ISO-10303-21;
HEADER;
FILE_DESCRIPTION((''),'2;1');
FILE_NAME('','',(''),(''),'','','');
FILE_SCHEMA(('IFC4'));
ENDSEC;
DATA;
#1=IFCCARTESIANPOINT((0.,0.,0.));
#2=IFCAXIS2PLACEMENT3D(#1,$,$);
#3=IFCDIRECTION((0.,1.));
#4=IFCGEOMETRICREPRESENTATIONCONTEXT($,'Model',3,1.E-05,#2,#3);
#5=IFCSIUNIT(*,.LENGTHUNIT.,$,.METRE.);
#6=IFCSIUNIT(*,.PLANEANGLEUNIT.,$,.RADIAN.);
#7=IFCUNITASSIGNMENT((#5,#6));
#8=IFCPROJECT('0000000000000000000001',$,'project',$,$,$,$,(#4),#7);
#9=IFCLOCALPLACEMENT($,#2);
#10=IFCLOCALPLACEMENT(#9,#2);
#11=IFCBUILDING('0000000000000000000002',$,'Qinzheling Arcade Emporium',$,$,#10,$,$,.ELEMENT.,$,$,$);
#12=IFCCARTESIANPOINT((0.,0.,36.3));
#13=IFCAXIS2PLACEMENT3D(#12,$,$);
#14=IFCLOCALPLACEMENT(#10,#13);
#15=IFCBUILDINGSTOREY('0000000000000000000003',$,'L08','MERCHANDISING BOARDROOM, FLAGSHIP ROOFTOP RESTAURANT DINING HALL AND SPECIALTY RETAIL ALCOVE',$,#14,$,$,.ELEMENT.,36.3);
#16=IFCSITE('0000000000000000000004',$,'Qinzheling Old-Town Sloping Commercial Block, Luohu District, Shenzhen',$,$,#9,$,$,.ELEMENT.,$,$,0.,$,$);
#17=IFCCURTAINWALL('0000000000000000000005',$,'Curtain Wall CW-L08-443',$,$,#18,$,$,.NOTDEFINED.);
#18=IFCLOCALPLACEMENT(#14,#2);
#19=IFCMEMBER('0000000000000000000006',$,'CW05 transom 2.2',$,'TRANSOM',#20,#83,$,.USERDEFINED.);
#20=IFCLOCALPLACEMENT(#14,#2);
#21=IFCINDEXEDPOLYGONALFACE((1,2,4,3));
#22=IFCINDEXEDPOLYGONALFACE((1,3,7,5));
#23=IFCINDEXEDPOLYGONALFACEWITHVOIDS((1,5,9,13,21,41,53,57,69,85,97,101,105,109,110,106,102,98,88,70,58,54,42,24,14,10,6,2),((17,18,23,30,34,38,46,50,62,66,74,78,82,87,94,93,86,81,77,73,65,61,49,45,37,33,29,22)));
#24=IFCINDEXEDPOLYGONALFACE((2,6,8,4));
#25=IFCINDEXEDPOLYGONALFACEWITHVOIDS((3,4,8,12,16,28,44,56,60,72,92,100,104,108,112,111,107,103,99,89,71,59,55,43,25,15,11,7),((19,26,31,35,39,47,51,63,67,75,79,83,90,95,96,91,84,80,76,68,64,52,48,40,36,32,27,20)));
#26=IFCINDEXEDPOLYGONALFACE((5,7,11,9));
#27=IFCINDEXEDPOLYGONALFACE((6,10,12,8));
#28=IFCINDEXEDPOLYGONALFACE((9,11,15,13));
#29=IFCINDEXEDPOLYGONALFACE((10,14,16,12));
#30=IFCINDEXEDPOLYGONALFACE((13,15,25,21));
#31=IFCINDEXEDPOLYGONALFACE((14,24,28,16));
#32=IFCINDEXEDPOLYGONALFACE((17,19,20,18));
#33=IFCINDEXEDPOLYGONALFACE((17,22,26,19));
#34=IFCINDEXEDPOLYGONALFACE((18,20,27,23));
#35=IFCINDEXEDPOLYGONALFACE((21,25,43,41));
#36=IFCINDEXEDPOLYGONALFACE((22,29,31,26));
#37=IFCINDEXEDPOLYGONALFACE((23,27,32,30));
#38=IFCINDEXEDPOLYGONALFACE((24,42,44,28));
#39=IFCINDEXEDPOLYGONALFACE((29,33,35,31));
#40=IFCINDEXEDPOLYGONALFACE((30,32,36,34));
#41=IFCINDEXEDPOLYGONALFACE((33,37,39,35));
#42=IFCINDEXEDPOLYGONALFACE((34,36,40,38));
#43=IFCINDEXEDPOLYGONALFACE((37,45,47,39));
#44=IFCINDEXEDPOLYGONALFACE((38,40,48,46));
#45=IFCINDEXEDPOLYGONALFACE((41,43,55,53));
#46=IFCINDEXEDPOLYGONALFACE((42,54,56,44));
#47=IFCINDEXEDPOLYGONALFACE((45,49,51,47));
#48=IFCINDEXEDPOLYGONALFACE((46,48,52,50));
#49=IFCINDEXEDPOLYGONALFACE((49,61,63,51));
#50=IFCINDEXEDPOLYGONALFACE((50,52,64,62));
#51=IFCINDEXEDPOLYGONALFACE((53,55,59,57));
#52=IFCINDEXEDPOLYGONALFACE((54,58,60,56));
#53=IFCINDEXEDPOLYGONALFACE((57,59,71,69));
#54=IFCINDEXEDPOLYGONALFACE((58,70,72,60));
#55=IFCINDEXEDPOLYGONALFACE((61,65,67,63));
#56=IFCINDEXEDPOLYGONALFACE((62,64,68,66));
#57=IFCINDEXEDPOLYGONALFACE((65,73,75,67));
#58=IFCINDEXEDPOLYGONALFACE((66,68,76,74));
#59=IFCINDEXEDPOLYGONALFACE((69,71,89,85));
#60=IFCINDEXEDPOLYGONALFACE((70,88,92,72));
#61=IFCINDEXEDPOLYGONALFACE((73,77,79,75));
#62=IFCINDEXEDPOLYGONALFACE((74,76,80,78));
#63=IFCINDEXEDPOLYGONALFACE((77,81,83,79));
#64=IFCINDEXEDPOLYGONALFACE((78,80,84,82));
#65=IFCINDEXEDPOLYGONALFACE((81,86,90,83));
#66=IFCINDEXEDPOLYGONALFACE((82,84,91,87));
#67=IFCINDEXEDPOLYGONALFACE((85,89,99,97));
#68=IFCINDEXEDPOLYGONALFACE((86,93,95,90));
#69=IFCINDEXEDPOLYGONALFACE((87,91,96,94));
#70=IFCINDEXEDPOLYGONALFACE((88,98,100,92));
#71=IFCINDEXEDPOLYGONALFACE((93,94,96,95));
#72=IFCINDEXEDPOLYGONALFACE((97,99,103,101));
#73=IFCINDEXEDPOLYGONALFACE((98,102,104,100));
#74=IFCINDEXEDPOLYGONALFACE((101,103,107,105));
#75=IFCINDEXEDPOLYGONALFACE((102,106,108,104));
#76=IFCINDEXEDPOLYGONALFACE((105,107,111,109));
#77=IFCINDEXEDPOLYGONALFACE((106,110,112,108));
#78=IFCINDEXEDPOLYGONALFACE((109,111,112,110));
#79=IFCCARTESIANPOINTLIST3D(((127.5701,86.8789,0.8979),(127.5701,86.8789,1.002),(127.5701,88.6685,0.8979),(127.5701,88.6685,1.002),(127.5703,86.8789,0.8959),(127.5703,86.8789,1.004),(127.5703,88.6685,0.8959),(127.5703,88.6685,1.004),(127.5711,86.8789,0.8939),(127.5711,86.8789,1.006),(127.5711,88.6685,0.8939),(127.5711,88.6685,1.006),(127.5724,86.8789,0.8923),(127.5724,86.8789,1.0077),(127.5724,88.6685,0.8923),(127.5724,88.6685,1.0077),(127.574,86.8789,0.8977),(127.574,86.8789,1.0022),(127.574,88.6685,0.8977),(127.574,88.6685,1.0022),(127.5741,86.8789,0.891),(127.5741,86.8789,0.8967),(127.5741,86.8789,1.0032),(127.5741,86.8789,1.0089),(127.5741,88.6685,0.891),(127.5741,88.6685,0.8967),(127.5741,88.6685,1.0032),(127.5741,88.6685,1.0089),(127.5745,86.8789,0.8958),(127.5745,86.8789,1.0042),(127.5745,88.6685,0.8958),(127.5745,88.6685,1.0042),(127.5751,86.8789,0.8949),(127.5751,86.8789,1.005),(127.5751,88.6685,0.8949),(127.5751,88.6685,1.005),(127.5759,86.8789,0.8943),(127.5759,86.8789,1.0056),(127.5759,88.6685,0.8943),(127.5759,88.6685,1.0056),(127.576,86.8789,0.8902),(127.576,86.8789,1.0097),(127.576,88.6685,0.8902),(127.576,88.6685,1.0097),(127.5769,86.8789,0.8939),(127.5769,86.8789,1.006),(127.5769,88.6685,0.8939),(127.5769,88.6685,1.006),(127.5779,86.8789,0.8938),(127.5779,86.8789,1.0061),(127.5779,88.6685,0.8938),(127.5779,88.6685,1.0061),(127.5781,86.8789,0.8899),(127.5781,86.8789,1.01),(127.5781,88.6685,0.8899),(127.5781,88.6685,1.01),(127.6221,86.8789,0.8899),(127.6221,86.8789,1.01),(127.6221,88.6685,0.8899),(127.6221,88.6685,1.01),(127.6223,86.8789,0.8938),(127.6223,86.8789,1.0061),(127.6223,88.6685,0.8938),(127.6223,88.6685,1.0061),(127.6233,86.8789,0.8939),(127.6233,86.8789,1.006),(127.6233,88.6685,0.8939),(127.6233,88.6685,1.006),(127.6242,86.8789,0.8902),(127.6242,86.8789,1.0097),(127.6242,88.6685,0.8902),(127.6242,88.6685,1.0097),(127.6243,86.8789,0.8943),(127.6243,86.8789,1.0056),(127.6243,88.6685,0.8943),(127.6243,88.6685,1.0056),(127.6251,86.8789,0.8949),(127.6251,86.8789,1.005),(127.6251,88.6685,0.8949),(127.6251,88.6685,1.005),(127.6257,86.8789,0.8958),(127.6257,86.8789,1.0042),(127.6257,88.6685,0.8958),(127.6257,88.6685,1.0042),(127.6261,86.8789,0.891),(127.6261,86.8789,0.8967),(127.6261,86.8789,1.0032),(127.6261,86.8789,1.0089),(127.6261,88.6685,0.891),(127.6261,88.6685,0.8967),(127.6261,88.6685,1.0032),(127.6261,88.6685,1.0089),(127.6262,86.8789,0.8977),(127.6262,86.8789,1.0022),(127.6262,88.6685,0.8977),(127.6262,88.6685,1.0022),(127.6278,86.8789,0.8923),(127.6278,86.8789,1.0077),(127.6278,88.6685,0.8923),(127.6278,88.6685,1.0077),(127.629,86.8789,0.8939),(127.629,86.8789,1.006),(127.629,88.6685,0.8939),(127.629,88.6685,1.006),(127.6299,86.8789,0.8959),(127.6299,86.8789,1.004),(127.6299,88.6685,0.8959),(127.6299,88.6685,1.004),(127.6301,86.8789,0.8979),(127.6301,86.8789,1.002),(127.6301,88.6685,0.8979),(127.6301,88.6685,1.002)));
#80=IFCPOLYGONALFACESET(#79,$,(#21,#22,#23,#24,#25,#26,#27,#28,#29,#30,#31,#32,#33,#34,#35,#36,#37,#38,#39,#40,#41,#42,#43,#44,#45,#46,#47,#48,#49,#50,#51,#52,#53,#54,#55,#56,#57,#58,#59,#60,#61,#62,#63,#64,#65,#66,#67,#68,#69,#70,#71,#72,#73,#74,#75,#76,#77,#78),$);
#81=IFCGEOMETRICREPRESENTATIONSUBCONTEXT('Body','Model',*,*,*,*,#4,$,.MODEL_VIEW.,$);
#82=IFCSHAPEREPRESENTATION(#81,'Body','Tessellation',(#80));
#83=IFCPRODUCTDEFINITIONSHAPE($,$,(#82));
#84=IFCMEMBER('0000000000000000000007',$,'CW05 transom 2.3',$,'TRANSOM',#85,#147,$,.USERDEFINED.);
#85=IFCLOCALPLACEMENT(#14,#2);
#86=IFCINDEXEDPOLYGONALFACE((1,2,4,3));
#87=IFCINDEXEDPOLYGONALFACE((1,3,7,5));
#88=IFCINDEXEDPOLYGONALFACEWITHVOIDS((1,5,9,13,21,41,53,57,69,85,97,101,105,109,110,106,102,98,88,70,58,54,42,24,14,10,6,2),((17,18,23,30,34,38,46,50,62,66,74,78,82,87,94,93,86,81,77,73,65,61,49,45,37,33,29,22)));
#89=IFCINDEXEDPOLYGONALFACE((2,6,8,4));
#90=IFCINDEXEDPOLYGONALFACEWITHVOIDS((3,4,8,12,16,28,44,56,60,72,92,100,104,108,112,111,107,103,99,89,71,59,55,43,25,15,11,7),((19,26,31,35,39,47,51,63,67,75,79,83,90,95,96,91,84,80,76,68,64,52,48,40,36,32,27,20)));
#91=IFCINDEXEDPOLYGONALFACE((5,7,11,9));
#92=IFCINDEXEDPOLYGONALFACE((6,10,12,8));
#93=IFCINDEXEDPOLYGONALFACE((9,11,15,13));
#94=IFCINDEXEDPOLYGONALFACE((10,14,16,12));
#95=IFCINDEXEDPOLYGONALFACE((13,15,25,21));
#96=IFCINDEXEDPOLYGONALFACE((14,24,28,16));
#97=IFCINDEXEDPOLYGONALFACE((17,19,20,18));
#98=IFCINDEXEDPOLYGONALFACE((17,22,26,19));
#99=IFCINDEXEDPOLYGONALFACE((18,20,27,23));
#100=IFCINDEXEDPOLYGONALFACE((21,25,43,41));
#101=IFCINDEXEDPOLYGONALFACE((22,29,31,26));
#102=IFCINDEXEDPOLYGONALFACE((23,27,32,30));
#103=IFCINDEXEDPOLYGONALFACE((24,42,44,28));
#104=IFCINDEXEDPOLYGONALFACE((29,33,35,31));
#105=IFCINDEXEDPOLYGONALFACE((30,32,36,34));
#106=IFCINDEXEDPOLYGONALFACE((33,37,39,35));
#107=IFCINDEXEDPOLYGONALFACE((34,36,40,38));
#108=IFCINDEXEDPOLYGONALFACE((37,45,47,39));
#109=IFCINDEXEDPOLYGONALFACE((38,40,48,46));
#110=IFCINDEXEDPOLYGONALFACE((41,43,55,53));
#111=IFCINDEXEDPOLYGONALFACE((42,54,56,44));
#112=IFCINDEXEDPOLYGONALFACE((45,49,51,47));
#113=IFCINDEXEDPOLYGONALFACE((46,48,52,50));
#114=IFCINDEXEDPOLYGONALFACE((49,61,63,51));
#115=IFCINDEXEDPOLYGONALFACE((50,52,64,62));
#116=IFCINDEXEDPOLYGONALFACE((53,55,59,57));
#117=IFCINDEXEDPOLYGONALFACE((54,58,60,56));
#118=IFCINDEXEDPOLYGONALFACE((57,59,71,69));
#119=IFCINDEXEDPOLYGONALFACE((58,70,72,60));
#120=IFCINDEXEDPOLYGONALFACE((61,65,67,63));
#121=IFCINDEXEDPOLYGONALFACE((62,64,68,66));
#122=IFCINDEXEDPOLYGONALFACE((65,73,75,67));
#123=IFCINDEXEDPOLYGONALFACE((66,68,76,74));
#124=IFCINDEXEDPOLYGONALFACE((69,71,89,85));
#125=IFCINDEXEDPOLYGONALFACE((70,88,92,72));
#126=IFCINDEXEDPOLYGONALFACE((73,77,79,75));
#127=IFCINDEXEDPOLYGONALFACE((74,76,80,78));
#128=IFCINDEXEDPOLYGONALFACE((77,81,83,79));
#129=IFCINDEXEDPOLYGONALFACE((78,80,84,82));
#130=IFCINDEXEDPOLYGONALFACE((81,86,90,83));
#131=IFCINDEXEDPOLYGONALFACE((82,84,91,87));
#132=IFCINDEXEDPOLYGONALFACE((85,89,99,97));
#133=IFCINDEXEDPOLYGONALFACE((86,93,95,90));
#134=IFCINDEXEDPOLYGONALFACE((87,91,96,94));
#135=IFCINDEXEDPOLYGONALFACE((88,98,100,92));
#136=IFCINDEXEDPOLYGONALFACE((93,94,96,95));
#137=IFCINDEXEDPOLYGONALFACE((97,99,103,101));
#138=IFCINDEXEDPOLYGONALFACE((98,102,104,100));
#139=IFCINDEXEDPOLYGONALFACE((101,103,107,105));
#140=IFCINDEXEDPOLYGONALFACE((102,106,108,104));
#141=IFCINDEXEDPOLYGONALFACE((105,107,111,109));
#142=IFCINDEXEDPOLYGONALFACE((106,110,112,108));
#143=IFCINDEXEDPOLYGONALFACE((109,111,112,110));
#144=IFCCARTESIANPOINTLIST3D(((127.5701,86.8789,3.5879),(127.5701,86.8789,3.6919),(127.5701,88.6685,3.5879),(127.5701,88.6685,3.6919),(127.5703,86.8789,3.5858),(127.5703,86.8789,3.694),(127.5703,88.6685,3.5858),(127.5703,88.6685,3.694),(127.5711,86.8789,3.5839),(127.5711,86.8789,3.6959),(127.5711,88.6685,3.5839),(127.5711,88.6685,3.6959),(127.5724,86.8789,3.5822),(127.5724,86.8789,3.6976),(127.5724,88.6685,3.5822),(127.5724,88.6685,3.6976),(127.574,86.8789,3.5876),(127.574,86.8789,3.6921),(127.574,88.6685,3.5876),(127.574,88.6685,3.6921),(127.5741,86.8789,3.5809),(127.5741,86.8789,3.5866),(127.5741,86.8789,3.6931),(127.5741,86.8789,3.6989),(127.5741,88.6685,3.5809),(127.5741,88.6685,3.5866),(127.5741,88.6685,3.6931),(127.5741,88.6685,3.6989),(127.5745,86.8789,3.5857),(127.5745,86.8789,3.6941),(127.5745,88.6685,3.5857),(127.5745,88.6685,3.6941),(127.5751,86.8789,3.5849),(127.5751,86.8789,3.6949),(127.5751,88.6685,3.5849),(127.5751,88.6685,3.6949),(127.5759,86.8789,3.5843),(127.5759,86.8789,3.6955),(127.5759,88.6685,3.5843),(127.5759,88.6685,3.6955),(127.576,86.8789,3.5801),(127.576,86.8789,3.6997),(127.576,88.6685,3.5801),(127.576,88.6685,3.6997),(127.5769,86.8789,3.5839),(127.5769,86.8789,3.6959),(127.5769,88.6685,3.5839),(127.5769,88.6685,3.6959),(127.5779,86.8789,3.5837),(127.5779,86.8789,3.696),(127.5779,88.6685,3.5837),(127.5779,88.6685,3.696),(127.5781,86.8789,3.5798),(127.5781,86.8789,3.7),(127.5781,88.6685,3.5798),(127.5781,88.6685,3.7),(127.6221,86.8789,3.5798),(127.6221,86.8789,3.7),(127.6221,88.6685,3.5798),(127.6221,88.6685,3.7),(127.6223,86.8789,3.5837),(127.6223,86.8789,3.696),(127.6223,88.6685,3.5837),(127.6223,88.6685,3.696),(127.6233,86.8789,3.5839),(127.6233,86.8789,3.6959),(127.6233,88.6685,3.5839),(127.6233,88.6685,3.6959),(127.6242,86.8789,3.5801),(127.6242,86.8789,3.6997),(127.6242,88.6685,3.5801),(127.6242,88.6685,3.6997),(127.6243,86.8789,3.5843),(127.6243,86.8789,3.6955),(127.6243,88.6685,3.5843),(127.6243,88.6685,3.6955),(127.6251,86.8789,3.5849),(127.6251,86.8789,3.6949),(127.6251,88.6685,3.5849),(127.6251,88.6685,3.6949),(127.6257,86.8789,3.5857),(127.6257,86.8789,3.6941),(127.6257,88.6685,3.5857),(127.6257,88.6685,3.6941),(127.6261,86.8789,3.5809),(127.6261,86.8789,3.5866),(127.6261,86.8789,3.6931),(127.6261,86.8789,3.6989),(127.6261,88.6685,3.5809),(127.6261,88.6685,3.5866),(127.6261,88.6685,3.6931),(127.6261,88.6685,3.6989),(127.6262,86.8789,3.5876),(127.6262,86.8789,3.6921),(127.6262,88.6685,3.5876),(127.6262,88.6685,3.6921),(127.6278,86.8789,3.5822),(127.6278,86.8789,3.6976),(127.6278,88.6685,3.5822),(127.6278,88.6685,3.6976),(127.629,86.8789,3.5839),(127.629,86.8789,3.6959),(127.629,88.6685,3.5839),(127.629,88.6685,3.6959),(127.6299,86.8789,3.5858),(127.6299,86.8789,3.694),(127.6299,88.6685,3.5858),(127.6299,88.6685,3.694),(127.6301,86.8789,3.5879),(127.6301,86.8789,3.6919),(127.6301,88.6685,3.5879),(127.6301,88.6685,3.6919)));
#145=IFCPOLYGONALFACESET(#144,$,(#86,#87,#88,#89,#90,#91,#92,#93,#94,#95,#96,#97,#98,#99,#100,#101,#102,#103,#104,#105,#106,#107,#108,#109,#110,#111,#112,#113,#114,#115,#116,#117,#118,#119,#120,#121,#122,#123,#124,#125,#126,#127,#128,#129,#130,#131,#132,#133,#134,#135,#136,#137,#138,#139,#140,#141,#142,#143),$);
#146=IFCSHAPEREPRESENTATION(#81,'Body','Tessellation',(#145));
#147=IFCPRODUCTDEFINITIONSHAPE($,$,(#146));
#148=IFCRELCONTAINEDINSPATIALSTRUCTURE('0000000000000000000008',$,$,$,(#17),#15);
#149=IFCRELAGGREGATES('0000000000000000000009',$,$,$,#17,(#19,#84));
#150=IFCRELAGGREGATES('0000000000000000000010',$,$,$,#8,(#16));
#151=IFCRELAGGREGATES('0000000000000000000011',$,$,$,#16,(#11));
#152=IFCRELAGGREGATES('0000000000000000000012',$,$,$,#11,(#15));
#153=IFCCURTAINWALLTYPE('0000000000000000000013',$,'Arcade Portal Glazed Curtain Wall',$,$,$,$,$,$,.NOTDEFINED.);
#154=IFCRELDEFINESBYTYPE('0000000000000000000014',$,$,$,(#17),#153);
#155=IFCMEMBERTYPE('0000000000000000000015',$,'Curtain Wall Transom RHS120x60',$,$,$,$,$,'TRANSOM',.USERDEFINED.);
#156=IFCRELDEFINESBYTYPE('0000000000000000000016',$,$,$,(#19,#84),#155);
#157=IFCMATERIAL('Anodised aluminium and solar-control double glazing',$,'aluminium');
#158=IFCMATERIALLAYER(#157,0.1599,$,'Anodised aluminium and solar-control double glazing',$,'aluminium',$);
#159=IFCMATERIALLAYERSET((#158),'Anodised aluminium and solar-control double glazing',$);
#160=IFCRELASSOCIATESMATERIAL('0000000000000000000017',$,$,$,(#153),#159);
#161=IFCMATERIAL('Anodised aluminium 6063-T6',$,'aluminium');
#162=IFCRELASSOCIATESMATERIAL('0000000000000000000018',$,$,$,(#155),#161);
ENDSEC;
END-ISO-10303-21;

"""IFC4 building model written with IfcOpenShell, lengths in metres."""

from ifc_helpers import new_model, si_unit, direction, frame, origin, origin_2d, place, context, subcontext, project, spatial, hollow_rectangle, extrude, material, layer, layer_set, material_profile, profile_set, type_object, element, aggregate, save


model = new_model("IFC4")

# Units and contexts
model_context = context("Model", 3, precision=1e-05, world=origin(), true_north=direction((0.0, 1.0)))
body_context = subcontext(model_context, "Body", "Model", "MODEL_VIEW")
ifc_project = project(units=[si_unit("LENGTHUNIT", "METRE"), si_unit("PLANEANGLEUNIT", "RADIAN")], contexts=[model_context])

# Site, building, storey
site_placement = place(None, origin())
site = spatial("IfcSite", under=ifc_project, at=site_placement, Name="Qinzheling Old-Town Sloping Commercial Block, Luohu District, Shenzhen", CompositionType="ELEMENT", RefElevation=0.0)
building_placement = place(site_placement, origin())
building = spatial("IfcBuilding", under=site, at=building_placement, Name="Qinzheling Arcade Emporium", CompositionType="ELEMENT")
storey_placement = place(building_placement, frame((0.0, 0.0, 36.3)))
storey = spatial("IfcBuildingStorey", under=building, at=storey_placement, Name="L08", Description="MERCHANDISING BOARDROOM, FLAGSHIP ROOFTOP RESTAURANT DINING HALL AND SPECIALTY RETAIL ALCOVE", CompositionType="ELEMENT", Elevation=36.3)

# Curtain wall, members
ifc_material_1 = material(Name="Anodised aluminium and solar-control double glazing", Category="aluminium")
ifc_layer_1 = layer(ifc_material_1, 0.1599, Name="Anodised aluminium and solar-control double glazing", Category="aluminium")
ifc_layer_set_1 = layer_set([ifc_layer_1], Name="Anodised aluminium and solar-control double glazing")
curtain_wall_type = type_object("IfcCurtainWallType", Name="Arcade Portal Glazed Curtain Wall", PredefinedType="NOTDEFINED", material=ifc_layer_set_1)
curtain_wall_placement = place(storey_placement, origin())
curtain_wall = element("IfcCurtainWall", 1, at=curtain_wall_placement, inside=storey, type_object=curtain_wall_type, Name="Curtain Wall CW-L08-443", PredefinedType="NOTDEFINED")
ifc_material_2 = material(Name="Anodised aluminium 6063-T6", Category="aluminium")
ifc_material_profile_1 = material_profile(ifc_material_2, hollow_rectangle(XDim=0.0601, YDim=0.1201, WallThickness=0.0039, InnerFilletRadius=0.0039, OuterFilletRadius=0.0081, at=origin_2d()), Name="RHS 120x60x4", Category="aluminium")
ifc_profile_set_1 = profile_set([ifc_material_profile_1], Name="Anodised aluminium 6063-T6")
member_type_1 = type_object("IfcMemberType", Name="Curtain Wall Transom RHS120x60", ElementType="TRANSOM", PredefinedType="USERDEFINED", material=ifc_profile_set_1)
member_1_placement = place(storey_placement, frame((127.6001, 88.6685, 0.95), z_axis=(0.0, -1.0, 0.0), x_axis=(1.0, 0.0, 0.0)))
member_1 = element("IfcMember", 2, at=member_1_placement, type_object=member_type_1, Name="CW05 transom 2.2", ObjectType="TRANSOM", PredefinedType="USERDEFINED", context=body_context, shape_type="SweptSolid", body=[
    extrude(hollow_rectangle(XDim=0.0601, YDim=0.1201, WallThickness=0.0039, InnerFilletRadius=0.0039, OuterFilletRadius=0.0081, at=origin_2d()), origin(), (0.0, 0.0, 1.0), 1.7896),
])
member_2_placement = place(storey_placement, frame((127.6001, 88.6685, 3.6399), z_axis=(0.0, -1.0, 0.0), x_axis=(1.0, 0.0, 0.0)))
member_2 = element("IfcMember", 3, at=member_2_placement, type_object=member_type_1, Name="CW05 transom 2.3", ObjectType="TRANSOM", PredefinedType="USERDEFINED", context=body_context, shape_type="SweptSolid", body=[
    extrude(hollow_rectangle(XDim=0.0601, YDim=0.1201, WallThickness=0.0039, InnerFilletRadius=0.0039, OuterFilletRadius=0.0081, at=origin_2d()), origin(), (0.0, 0.0, 1.0), 1.7896),
])

aggregate(curtain_wall, [member_1, member_2])

save(model, "model.ifc")
